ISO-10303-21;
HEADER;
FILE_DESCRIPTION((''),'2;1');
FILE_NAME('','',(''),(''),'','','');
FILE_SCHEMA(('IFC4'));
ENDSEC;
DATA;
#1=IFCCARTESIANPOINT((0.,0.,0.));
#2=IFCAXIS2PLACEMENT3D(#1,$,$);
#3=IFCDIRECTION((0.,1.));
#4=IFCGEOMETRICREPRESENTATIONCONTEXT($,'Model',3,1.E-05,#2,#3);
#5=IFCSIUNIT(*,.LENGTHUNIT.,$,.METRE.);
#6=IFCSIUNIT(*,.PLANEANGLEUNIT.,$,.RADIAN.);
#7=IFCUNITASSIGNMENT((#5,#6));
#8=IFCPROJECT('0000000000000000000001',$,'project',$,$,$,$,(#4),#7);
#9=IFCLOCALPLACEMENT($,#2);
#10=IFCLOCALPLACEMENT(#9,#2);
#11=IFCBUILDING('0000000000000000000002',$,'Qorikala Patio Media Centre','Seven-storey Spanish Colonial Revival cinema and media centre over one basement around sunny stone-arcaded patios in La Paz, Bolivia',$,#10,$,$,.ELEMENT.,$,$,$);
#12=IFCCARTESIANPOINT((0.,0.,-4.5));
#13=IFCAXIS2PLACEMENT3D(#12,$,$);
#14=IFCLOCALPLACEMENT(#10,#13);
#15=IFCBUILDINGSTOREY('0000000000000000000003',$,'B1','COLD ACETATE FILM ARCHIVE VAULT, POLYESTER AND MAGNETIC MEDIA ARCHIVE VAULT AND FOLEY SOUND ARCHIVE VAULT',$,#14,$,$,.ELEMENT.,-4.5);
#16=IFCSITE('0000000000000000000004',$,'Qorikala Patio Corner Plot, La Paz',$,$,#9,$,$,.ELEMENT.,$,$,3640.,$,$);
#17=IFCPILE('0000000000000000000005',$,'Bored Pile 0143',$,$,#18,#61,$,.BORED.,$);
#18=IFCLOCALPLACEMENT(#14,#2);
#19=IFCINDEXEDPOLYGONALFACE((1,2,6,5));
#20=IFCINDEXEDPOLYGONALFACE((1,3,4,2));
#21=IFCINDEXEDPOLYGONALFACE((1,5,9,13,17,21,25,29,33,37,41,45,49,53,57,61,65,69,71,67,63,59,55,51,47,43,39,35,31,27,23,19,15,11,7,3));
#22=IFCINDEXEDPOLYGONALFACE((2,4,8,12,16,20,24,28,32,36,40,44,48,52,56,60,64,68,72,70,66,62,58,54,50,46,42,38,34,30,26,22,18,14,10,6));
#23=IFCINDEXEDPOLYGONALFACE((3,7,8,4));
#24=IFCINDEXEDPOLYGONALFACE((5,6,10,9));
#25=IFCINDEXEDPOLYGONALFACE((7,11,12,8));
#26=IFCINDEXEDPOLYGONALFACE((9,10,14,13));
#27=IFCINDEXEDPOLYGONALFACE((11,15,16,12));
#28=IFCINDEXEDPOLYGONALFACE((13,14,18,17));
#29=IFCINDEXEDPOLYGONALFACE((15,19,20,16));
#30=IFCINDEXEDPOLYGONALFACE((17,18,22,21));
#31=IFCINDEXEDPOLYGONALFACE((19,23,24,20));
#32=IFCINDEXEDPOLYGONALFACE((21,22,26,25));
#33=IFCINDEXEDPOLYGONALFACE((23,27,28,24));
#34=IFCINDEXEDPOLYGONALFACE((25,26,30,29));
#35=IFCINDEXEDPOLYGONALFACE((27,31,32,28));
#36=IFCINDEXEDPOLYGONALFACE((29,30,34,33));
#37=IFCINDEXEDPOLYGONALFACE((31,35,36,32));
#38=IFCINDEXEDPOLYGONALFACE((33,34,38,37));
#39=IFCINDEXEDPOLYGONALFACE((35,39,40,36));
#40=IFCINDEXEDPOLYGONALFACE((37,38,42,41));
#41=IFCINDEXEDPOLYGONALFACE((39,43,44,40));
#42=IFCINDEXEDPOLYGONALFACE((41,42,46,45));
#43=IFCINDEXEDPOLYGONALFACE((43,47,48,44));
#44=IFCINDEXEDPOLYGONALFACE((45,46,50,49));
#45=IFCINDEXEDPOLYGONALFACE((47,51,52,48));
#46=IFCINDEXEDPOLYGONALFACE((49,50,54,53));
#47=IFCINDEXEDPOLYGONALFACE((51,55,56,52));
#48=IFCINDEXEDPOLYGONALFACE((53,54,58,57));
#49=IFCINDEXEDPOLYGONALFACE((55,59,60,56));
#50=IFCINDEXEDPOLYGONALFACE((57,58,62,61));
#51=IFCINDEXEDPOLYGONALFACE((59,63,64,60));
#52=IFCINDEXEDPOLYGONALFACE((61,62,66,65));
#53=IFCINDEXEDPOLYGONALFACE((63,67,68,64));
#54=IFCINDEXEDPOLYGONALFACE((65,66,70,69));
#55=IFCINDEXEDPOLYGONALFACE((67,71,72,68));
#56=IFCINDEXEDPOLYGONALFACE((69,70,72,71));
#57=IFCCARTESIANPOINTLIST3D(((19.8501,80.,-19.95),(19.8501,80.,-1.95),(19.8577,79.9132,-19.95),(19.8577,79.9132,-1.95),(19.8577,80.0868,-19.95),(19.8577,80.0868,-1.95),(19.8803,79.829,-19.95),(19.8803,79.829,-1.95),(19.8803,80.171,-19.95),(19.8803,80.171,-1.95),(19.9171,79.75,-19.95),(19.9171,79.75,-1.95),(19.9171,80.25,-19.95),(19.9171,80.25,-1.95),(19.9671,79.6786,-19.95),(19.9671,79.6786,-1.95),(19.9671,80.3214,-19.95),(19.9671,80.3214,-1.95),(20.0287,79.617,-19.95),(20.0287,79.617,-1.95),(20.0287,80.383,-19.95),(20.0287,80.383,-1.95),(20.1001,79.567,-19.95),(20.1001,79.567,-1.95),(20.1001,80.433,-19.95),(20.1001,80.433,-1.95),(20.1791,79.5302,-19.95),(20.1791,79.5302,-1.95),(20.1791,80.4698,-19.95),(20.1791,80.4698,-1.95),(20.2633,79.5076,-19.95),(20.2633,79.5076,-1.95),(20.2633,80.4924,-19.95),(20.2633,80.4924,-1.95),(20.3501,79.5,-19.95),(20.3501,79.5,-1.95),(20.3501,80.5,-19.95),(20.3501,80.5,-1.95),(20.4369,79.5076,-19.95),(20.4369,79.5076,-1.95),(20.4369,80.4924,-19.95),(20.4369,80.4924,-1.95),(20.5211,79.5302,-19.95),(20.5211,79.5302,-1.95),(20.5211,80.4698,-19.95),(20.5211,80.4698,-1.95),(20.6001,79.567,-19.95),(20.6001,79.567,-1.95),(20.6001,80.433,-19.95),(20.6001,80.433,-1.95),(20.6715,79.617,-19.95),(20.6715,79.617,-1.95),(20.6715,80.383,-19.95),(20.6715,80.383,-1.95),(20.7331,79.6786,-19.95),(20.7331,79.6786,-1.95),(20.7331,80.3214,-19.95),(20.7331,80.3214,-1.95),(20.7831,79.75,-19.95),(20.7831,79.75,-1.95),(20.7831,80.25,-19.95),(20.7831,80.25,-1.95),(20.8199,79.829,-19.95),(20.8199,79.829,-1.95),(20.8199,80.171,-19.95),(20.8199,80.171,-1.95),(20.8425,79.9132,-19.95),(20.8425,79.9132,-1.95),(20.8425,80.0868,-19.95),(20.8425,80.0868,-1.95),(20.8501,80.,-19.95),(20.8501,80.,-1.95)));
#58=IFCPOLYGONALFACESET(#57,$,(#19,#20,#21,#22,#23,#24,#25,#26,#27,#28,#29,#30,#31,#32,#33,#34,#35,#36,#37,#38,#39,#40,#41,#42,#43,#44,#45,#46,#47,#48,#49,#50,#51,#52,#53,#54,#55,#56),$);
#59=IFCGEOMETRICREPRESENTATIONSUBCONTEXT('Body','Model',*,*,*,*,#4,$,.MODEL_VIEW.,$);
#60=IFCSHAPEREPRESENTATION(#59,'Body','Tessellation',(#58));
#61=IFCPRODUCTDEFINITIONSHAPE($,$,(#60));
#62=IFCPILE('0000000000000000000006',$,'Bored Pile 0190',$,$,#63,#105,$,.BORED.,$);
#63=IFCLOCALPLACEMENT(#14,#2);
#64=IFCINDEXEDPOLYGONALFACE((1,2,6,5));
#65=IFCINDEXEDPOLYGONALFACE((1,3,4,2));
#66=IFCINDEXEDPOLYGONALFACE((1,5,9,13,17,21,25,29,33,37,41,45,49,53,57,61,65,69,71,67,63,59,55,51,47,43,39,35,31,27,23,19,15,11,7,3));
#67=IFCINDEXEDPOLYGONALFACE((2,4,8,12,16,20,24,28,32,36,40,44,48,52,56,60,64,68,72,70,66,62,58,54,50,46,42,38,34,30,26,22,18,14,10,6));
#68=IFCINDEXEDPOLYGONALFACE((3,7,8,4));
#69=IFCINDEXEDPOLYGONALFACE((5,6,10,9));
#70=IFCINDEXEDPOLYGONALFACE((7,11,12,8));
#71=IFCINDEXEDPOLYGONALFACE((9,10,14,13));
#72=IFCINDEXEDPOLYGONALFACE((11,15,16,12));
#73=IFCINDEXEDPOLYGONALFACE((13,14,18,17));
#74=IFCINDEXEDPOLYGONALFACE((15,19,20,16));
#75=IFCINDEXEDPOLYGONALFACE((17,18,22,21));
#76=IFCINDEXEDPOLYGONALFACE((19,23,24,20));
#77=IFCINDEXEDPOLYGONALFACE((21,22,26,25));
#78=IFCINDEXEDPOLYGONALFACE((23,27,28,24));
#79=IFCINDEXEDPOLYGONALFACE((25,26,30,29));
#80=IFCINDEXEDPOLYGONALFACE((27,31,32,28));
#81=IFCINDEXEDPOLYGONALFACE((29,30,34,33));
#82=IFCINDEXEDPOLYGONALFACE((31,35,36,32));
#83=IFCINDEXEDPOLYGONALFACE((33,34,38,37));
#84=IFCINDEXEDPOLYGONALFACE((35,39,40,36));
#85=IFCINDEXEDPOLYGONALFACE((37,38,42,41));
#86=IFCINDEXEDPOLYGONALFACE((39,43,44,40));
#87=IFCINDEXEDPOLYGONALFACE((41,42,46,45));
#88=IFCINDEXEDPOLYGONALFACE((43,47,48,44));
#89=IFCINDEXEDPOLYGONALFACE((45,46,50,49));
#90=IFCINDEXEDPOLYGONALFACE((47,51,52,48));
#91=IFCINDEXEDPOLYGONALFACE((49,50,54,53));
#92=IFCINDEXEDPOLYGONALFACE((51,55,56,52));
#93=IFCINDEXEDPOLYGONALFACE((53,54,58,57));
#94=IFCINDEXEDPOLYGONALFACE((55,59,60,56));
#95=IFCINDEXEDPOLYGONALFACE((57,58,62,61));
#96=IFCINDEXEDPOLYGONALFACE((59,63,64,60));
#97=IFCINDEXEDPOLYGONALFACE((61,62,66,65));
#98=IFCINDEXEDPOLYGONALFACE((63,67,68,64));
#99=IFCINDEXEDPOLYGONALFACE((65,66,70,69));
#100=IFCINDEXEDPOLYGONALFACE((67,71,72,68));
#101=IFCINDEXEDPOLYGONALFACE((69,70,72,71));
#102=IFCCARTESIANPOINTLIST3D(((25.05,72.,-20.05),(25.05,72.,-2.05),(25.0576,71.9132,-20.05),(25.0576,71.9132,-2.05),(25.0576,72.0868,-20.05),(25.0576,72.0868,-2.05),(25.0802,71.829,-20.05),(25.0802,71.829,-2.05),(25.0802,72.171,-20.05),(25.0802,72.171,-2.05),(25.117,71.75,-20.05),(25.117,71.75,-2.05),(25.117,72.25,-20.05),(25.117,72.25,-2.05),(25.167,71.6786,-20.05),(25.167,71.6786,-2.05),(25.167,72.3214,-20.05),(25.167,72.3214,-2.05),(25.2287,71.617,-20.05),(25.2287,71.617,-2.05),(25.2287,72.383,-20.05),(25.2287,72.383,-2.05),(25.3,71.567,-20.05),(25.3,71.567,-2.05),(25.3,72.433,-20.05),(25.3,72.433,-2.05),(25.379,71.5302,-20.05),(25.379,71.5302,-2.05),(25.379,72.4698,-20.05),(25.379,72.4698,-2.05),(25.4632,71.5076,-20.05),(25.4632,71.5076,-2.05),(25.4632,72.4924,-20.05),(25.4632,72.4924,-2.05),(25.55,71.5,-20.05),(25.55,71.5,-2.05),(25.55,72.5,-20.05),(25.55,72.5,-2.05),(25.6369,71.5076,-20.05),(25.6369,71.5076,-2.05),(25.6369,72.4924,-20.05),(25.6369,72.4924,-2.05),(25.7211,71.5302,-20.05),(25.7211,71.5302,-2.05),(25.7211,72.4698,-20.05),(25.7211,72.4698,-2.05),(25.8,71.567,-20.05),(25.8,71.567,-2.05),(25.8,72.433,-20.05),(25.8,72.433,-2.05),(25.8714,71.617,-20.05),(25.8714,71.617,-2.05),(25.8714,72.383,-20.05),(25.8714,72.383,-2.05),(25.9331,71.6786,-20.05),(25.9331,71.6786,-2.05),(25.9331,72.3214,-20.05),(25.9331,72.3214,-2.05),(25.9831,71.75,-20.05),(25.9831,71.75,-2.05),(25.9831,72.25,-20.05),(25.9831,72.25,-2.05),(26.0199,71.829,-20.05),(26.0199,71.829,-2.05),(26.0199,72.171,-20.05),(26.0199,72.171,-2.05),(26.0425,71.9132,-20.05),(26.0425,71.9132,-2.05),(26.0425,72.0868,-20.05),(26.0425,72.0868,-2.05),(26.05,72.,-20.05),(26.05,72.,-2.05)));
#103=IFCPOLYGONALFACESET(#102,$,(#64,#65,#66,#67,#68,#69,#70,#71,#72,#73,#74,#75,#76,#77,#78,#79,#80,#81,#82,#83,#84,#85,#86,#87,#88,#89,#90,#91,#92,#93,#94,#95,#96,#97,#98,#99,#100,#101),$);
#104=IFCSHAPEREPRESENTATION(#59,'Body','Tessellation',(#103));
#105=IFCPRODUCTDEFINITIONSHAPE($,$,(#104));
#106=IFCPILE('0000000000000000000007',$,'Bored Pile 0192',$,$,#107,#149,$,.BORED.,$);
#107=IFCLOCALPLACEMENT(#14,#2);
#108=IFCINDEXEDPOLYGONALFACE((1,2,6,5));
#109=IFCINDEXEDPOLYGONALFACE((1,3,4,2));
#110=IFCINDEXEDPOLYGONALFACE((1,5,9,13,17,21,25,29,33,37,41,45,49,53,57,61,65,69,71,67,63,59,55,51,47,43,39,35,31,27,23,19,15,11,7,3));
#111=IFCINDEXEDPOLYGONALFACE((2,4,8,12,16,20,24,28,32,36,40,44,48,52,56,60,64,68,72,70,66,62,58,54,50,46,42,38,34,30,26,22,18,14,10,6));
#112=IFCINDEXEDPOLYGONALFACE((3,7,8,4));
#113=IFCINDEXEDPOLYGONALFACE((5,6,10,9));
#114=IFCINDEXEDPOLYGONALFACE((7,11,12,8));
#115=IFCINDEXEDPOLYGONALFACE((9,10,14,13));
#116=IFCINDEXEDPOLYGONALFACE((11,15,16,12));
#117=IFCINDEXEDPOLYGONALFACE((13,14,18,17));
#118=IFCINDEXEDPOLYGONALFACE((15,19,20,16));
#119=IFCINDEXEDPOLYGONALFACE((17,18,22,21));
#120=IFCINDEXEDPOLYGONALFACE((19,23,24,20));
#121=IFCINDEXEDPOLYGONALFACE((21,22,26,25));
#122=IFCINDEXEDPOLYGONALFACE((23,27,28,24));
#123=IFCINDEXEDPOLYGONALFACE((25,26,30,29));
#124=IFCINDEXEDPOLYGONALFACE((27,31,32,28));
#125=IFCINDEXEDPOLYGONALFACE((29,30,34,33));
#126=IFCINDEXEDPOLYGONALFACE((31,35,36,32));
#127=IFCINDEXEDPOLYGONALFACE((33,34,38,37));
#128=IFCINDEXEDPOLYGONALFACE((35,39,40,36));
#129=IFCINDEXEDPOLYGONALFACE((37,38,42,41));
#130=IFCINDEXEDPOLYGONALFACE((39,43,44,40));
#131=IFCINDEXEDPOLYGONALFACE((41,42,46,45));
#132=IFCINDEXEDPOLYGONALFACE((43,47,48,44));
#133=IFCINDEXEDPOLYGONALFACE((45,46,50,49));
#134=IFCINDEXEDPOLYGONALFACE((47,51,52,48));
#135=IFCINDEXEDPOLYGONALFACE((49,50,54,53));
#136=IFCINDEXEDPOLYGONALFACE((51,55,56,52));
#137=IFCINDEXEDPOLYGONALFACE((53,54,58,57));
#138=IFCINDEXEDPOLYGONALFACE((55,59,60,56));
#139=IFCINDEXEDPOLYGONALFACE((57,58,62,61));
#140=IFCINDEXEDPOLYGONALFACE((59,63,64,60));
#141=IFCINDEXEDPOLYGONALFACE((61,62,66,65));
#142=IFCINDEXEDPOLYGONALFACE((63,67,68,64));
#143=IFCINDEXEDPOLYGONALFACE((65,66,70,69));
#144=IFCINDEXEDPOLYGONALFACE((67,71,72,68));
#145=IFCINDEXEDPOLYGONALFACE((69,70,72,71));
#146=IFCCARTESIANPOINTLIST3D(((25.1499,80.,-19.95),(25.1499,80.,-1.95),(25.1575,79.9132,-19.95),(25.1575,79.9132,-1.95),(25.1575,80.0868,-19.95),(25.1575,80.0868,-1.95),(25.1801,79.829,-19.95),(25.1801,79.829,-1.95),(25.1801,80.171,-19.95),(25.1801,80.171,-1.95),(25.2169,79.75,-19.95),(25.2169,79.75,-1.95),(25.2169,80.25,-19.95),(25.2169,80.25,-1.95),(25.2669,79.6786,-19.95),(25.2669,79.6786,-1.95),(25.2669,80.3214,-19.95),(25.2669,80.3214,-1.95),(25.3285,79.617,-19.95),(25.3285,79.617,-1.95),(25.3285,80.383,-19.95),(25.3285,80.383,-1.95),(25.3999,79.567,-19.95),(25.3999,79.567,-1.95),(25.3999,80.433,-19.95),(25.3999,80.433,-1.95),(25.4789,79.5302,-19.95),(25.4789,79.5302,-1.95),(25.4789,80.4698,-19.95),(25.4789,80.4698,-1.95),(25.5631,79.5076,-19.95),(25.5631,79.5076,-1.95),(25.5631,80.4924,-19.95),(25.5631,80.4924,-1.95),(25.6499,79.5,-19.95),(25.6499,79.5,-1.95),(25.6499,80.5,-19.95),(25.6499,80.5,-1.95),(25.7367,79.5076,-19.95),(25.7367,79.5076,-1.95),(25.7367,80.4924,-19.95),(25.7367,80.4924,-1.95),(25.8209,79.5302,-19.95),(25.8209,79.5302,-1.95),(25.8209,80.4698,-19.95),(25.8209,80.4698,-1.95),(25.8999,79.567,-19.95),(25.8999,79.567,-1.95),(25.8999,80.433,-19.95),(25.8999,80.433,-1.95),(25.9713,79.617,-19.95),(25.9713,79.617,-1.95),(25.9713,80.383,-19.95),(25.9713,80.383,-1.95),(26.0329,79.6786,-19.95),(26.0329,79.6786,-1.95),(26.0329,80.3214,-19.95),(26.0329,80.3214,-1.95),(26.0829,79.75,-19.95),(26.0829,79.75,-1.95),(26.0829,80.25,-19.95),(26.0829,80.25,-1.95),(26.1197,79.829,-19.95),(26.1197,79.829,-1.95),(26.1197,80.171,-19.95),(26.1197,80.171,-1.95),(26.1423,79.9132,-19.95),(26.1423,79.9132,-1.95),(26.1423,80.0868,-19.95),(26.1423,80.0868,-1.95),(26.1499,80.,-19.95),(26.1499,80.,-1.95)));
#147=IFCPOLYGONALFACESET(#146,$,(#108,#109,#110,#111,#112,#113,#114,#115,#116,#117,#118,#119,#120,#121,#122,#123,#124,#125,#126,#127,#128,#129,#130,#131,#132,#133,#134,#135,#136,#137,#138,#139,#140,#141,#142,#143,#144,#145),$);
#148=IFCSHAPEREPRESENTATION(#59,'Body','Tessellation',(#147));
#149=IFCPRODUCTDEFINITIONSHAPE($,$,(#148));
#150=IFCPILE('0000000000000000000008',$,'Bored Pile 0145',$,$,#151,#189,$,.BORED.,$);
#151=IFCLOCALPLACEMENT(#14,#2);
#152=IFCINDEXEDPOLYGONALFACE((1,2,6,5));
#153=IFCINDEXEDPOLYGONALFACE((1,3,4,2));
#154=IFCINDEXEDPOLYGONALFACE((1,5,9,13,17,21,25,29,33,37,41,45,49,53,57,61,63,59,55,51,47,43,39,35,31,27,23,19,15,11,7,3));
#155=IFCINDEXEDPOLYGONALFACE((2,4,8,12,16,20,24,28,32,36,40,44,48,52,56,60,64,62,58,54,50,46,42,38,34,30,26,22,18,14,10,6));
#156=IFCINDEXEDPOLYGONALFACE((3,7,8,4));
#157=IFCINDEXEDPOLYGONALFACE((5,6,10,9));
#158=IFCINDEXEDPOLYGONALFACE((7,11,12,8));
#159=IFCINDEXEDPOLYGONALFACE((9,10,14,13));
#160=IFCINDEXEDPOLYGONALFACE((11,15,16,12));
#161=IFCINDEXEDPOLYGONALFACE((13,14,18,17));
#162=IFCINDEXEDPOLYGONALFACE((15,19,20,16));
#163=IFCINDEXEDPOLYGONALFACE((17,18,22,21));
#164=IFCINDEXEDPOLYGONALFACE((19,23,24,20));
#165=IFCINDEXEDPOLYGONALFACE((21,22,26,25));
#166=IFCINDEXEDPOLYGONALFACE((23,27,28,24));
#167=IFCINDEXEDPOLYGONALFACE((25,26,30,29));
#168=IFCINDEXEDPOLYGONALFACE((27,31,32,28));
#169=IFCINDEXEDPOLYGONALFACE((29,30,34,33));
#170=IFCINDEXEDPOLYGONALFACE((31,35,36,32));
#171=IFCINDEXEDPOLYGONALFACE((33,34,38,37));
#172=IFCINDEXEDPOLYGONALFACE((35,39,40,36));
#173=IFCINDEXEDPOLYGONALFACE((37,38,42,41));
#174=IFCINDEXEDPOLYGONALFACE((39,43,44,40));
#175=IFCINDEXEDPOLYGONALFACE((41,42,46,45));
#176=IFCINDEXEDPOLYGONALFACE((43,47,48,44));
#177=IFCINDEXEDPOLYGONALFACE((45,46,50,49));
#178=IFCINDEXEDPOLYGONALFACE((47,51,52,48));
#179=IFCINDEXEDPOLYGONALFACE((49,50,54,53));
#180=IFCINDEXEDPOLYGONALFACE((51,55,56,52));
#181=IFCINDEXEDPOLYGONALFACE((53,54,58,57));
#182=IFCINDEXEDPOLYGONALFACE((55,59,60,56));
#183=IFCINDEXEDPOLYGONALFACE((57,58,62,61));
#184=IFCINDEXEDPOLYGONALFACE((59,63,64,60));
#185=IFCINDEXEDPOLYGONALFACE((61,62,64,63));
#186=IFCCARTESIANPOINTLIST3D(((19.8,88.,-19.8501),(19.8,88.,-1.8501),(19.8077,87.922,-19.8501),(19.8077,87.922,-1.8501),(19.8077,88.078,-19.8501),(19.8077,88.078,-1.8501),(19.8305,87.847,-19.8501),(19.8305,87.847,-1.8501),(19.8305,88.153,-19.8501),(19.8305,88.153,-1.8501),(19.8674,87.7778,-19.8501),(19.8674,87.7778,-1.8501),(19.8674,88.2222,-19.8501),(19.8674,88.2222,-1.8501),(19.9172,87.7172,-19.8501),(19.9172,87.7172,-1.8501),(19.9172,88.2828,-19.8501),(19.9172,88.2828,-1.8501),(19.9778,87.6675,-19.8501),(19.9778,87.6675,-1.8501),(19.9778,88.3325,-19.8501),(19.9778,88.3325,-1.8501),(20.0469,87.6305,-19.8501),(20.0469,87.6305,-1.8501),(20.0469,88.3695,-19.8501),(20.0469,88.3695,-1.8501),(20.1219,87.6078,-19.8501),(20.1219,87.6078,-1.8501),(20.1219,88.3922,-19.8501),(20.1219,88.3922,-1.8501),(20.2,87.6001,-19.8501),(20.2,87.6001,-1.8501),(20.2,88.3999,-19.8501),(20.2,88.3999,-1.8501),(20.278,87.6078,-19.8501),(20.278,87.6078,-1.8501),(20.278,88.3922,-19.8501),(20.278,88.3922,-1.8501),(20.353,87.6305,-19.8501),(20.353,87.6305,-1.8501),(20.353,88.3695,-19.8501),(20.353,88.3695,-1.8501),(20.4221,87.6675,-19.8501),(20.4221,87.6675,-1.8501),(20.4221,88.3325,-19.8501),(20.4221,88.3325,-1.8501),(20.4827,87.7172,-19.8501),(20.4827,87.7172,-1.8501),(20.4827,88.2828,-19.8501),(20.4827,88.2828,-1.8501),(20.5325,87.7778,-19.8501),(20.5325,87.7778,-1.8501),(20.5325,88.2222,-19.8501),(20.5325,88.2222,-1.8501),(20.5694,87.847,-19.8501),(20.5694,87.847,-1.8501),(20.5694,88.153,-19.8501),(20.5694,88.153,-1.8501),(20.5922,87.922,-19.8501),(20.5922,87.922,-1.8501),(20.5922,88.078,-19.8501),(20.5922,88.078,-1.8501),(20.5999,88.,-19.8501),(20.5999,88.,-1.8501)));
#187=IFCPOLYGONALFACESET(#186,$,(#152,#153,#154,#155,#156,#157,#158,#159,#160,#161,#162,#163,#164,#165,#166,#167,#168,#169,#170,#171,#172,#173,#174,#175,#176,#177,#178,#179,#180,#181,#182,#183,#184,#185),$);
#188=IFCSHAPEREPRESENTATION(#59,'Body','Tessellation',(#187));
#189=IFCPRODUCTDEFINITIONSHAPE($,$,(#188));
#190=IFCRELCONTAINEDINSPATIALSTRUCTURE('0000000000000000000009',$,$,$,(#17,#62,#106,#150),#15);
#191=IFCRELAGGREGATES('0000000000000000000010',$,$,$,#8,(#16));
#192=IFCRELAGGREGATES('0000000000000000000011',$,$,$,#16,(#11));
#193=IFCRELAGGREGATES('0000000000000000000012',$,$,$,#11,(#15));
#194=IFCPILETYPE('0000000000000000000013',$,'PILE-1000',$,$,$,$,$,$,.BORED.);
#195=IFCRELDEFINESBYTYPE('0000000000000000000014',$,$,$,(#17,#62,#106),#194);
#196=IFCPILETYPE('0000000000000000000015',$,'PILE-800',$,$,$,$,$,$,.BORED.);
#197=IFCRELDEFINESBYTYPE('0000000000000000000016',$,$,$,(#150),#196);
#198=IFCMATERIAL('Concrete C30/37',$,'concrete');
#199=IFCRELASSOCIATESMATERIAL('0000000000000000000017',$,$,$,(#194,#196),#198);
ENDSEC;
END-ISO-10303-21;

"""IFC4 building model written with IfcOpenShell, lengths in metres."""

from ifc_helpers import new_model, si_unit, direction, frame, origin, origin_2d, place, context, subcontext, project, spatial, circle, extrude, material, material_profile, profile_set, type_object, element, save


model = new_model("IFC4")

# Units and contexts
model_context = context("Model", 3, precision=1e-05, world=origin(), true_north=direction((0.0, 1.0)))
body_context = subcontext(model_context, "Body", "Model", "MODEL_VIEW")
ifc_project = project(units=[si_unit("LENGTHUNIT", "METRE"), si_unit("PLANEANGLEUNIT", "RADIAN")], contexts=[model_context])

# Site, building, storey
site_placement = place(None, origin())
site = spatial("IfcSite", under=ifc_project, at=site_placement, Name="Qorikala Patio Corner Plot, La Paz", CompositionType="ELEMENT", RefElevation=3640.0)
building_placement = place(site_placement, origin())
building = spatial("IfcBuilding", under=site, at=building_placement, Name="Qorikala Patio Media Centre", Description="Seven-storey Spanish Colonial Revival cinema and media centre over one basement around sunny stone-arcaded patios in La Paz, Bolivia", CompositionType="ELEMENT")
storey_placement = place(building_placement, frame((0.0, 0.0, -4.5)))
storey = spatial("IfcBuildingStorey", under=building, at=storey_placement, Name="B1", Description="COLD ACETATE FILM ARCHIVE VAULT, POLYESTER AND MAGNETIC MEDIA ARCHIVE VAULT AND FOLEY SOUND ARCHIVE VAULT", CompositionType="ELEMENT", Elevation=-4.5)

# Shared definitions
ifc_material_1 = material(Name="Concrete C30/37", Category="concrete")

# Piles
ifc_material_profile_1 = material_profile(ifc_material_1, circle(Radius=0.5, at=origin_2d()), Name="BORED PILE 1000")
ifc_profile_set_1 = profile_set([ifc_material_profile_1], Name="Concrete C30/37")
pile_type_1 = type_object("IfcPileType", Name="PILE-1000", PredefinedType="BORED", material=ifc_profile_set_1)
for number, where, z_axis, x_axis, name in (
    (1, (20.3501, 80.0, -1.95), (0.0, 0.0, -1.0), (1.0, 0.0, 0.0), "Bored Pile 0143"),
    (2, (25.55, 72.0, -2.05), (0.0, 0.0, -1.0), (1.0, 0.0, 0.0), "Bored Pile 0190"),
    (3, (25.6499, 80.0, -1.95), (0.0, 0.0, -1.0), (1.0, 0.0, 0.0), "Bored Pile 0192"),
):
    element("IfcPile", number, at=place(storey_placement, frame(where, z_axis=z_axis, x_axis=x_axis)), inside=storey, type_object=pile_type_1, Name=name, PredefinedType="BORED", context=body_context, shape_type="SweptSolid", body=[
        extrude(circle(Radius=0.5, at=origin_2d()), origin(), (0.0, 0.0, 1.0), 18.0),
    ])
ifc_material_profile_2 = material_profile(ifc_material_1, circle(Radius=0.3999, at=origin_2d()), Name="BORED PILE 800")
ifc_profile_set_2 = profile_set([ifc_material_profile_2], Name="Concrete C30/37")
pile_type_2 = type_object("IfcPileType", Name="PILE-800", PredefinedType="BORED", material=ifc_profile_set_2)
for number, where, z_axis, x_axis, name in (
    (4, (20.2, 88.0, -1.8501), (0.0, 0.0, -1.0), (1.0, 0.0, 0.0), "Bored Pile 0145"),
):
    element("IfcPile", number, at=place(storey_placement, frame(where, z_axis=z_axis, x_axis=x_axis)), inside=storey, type_object=pile_type_2, Name=name, PredefinedType="BORED", context=body_context, shape_type="SweptSolid", body=[
        extrude(circle(Radius=0.3999, at=origin_2d()), origin(), (0.0, 0.0, 1.0), 18.0),
    ])

save(model, "model.ifc")
